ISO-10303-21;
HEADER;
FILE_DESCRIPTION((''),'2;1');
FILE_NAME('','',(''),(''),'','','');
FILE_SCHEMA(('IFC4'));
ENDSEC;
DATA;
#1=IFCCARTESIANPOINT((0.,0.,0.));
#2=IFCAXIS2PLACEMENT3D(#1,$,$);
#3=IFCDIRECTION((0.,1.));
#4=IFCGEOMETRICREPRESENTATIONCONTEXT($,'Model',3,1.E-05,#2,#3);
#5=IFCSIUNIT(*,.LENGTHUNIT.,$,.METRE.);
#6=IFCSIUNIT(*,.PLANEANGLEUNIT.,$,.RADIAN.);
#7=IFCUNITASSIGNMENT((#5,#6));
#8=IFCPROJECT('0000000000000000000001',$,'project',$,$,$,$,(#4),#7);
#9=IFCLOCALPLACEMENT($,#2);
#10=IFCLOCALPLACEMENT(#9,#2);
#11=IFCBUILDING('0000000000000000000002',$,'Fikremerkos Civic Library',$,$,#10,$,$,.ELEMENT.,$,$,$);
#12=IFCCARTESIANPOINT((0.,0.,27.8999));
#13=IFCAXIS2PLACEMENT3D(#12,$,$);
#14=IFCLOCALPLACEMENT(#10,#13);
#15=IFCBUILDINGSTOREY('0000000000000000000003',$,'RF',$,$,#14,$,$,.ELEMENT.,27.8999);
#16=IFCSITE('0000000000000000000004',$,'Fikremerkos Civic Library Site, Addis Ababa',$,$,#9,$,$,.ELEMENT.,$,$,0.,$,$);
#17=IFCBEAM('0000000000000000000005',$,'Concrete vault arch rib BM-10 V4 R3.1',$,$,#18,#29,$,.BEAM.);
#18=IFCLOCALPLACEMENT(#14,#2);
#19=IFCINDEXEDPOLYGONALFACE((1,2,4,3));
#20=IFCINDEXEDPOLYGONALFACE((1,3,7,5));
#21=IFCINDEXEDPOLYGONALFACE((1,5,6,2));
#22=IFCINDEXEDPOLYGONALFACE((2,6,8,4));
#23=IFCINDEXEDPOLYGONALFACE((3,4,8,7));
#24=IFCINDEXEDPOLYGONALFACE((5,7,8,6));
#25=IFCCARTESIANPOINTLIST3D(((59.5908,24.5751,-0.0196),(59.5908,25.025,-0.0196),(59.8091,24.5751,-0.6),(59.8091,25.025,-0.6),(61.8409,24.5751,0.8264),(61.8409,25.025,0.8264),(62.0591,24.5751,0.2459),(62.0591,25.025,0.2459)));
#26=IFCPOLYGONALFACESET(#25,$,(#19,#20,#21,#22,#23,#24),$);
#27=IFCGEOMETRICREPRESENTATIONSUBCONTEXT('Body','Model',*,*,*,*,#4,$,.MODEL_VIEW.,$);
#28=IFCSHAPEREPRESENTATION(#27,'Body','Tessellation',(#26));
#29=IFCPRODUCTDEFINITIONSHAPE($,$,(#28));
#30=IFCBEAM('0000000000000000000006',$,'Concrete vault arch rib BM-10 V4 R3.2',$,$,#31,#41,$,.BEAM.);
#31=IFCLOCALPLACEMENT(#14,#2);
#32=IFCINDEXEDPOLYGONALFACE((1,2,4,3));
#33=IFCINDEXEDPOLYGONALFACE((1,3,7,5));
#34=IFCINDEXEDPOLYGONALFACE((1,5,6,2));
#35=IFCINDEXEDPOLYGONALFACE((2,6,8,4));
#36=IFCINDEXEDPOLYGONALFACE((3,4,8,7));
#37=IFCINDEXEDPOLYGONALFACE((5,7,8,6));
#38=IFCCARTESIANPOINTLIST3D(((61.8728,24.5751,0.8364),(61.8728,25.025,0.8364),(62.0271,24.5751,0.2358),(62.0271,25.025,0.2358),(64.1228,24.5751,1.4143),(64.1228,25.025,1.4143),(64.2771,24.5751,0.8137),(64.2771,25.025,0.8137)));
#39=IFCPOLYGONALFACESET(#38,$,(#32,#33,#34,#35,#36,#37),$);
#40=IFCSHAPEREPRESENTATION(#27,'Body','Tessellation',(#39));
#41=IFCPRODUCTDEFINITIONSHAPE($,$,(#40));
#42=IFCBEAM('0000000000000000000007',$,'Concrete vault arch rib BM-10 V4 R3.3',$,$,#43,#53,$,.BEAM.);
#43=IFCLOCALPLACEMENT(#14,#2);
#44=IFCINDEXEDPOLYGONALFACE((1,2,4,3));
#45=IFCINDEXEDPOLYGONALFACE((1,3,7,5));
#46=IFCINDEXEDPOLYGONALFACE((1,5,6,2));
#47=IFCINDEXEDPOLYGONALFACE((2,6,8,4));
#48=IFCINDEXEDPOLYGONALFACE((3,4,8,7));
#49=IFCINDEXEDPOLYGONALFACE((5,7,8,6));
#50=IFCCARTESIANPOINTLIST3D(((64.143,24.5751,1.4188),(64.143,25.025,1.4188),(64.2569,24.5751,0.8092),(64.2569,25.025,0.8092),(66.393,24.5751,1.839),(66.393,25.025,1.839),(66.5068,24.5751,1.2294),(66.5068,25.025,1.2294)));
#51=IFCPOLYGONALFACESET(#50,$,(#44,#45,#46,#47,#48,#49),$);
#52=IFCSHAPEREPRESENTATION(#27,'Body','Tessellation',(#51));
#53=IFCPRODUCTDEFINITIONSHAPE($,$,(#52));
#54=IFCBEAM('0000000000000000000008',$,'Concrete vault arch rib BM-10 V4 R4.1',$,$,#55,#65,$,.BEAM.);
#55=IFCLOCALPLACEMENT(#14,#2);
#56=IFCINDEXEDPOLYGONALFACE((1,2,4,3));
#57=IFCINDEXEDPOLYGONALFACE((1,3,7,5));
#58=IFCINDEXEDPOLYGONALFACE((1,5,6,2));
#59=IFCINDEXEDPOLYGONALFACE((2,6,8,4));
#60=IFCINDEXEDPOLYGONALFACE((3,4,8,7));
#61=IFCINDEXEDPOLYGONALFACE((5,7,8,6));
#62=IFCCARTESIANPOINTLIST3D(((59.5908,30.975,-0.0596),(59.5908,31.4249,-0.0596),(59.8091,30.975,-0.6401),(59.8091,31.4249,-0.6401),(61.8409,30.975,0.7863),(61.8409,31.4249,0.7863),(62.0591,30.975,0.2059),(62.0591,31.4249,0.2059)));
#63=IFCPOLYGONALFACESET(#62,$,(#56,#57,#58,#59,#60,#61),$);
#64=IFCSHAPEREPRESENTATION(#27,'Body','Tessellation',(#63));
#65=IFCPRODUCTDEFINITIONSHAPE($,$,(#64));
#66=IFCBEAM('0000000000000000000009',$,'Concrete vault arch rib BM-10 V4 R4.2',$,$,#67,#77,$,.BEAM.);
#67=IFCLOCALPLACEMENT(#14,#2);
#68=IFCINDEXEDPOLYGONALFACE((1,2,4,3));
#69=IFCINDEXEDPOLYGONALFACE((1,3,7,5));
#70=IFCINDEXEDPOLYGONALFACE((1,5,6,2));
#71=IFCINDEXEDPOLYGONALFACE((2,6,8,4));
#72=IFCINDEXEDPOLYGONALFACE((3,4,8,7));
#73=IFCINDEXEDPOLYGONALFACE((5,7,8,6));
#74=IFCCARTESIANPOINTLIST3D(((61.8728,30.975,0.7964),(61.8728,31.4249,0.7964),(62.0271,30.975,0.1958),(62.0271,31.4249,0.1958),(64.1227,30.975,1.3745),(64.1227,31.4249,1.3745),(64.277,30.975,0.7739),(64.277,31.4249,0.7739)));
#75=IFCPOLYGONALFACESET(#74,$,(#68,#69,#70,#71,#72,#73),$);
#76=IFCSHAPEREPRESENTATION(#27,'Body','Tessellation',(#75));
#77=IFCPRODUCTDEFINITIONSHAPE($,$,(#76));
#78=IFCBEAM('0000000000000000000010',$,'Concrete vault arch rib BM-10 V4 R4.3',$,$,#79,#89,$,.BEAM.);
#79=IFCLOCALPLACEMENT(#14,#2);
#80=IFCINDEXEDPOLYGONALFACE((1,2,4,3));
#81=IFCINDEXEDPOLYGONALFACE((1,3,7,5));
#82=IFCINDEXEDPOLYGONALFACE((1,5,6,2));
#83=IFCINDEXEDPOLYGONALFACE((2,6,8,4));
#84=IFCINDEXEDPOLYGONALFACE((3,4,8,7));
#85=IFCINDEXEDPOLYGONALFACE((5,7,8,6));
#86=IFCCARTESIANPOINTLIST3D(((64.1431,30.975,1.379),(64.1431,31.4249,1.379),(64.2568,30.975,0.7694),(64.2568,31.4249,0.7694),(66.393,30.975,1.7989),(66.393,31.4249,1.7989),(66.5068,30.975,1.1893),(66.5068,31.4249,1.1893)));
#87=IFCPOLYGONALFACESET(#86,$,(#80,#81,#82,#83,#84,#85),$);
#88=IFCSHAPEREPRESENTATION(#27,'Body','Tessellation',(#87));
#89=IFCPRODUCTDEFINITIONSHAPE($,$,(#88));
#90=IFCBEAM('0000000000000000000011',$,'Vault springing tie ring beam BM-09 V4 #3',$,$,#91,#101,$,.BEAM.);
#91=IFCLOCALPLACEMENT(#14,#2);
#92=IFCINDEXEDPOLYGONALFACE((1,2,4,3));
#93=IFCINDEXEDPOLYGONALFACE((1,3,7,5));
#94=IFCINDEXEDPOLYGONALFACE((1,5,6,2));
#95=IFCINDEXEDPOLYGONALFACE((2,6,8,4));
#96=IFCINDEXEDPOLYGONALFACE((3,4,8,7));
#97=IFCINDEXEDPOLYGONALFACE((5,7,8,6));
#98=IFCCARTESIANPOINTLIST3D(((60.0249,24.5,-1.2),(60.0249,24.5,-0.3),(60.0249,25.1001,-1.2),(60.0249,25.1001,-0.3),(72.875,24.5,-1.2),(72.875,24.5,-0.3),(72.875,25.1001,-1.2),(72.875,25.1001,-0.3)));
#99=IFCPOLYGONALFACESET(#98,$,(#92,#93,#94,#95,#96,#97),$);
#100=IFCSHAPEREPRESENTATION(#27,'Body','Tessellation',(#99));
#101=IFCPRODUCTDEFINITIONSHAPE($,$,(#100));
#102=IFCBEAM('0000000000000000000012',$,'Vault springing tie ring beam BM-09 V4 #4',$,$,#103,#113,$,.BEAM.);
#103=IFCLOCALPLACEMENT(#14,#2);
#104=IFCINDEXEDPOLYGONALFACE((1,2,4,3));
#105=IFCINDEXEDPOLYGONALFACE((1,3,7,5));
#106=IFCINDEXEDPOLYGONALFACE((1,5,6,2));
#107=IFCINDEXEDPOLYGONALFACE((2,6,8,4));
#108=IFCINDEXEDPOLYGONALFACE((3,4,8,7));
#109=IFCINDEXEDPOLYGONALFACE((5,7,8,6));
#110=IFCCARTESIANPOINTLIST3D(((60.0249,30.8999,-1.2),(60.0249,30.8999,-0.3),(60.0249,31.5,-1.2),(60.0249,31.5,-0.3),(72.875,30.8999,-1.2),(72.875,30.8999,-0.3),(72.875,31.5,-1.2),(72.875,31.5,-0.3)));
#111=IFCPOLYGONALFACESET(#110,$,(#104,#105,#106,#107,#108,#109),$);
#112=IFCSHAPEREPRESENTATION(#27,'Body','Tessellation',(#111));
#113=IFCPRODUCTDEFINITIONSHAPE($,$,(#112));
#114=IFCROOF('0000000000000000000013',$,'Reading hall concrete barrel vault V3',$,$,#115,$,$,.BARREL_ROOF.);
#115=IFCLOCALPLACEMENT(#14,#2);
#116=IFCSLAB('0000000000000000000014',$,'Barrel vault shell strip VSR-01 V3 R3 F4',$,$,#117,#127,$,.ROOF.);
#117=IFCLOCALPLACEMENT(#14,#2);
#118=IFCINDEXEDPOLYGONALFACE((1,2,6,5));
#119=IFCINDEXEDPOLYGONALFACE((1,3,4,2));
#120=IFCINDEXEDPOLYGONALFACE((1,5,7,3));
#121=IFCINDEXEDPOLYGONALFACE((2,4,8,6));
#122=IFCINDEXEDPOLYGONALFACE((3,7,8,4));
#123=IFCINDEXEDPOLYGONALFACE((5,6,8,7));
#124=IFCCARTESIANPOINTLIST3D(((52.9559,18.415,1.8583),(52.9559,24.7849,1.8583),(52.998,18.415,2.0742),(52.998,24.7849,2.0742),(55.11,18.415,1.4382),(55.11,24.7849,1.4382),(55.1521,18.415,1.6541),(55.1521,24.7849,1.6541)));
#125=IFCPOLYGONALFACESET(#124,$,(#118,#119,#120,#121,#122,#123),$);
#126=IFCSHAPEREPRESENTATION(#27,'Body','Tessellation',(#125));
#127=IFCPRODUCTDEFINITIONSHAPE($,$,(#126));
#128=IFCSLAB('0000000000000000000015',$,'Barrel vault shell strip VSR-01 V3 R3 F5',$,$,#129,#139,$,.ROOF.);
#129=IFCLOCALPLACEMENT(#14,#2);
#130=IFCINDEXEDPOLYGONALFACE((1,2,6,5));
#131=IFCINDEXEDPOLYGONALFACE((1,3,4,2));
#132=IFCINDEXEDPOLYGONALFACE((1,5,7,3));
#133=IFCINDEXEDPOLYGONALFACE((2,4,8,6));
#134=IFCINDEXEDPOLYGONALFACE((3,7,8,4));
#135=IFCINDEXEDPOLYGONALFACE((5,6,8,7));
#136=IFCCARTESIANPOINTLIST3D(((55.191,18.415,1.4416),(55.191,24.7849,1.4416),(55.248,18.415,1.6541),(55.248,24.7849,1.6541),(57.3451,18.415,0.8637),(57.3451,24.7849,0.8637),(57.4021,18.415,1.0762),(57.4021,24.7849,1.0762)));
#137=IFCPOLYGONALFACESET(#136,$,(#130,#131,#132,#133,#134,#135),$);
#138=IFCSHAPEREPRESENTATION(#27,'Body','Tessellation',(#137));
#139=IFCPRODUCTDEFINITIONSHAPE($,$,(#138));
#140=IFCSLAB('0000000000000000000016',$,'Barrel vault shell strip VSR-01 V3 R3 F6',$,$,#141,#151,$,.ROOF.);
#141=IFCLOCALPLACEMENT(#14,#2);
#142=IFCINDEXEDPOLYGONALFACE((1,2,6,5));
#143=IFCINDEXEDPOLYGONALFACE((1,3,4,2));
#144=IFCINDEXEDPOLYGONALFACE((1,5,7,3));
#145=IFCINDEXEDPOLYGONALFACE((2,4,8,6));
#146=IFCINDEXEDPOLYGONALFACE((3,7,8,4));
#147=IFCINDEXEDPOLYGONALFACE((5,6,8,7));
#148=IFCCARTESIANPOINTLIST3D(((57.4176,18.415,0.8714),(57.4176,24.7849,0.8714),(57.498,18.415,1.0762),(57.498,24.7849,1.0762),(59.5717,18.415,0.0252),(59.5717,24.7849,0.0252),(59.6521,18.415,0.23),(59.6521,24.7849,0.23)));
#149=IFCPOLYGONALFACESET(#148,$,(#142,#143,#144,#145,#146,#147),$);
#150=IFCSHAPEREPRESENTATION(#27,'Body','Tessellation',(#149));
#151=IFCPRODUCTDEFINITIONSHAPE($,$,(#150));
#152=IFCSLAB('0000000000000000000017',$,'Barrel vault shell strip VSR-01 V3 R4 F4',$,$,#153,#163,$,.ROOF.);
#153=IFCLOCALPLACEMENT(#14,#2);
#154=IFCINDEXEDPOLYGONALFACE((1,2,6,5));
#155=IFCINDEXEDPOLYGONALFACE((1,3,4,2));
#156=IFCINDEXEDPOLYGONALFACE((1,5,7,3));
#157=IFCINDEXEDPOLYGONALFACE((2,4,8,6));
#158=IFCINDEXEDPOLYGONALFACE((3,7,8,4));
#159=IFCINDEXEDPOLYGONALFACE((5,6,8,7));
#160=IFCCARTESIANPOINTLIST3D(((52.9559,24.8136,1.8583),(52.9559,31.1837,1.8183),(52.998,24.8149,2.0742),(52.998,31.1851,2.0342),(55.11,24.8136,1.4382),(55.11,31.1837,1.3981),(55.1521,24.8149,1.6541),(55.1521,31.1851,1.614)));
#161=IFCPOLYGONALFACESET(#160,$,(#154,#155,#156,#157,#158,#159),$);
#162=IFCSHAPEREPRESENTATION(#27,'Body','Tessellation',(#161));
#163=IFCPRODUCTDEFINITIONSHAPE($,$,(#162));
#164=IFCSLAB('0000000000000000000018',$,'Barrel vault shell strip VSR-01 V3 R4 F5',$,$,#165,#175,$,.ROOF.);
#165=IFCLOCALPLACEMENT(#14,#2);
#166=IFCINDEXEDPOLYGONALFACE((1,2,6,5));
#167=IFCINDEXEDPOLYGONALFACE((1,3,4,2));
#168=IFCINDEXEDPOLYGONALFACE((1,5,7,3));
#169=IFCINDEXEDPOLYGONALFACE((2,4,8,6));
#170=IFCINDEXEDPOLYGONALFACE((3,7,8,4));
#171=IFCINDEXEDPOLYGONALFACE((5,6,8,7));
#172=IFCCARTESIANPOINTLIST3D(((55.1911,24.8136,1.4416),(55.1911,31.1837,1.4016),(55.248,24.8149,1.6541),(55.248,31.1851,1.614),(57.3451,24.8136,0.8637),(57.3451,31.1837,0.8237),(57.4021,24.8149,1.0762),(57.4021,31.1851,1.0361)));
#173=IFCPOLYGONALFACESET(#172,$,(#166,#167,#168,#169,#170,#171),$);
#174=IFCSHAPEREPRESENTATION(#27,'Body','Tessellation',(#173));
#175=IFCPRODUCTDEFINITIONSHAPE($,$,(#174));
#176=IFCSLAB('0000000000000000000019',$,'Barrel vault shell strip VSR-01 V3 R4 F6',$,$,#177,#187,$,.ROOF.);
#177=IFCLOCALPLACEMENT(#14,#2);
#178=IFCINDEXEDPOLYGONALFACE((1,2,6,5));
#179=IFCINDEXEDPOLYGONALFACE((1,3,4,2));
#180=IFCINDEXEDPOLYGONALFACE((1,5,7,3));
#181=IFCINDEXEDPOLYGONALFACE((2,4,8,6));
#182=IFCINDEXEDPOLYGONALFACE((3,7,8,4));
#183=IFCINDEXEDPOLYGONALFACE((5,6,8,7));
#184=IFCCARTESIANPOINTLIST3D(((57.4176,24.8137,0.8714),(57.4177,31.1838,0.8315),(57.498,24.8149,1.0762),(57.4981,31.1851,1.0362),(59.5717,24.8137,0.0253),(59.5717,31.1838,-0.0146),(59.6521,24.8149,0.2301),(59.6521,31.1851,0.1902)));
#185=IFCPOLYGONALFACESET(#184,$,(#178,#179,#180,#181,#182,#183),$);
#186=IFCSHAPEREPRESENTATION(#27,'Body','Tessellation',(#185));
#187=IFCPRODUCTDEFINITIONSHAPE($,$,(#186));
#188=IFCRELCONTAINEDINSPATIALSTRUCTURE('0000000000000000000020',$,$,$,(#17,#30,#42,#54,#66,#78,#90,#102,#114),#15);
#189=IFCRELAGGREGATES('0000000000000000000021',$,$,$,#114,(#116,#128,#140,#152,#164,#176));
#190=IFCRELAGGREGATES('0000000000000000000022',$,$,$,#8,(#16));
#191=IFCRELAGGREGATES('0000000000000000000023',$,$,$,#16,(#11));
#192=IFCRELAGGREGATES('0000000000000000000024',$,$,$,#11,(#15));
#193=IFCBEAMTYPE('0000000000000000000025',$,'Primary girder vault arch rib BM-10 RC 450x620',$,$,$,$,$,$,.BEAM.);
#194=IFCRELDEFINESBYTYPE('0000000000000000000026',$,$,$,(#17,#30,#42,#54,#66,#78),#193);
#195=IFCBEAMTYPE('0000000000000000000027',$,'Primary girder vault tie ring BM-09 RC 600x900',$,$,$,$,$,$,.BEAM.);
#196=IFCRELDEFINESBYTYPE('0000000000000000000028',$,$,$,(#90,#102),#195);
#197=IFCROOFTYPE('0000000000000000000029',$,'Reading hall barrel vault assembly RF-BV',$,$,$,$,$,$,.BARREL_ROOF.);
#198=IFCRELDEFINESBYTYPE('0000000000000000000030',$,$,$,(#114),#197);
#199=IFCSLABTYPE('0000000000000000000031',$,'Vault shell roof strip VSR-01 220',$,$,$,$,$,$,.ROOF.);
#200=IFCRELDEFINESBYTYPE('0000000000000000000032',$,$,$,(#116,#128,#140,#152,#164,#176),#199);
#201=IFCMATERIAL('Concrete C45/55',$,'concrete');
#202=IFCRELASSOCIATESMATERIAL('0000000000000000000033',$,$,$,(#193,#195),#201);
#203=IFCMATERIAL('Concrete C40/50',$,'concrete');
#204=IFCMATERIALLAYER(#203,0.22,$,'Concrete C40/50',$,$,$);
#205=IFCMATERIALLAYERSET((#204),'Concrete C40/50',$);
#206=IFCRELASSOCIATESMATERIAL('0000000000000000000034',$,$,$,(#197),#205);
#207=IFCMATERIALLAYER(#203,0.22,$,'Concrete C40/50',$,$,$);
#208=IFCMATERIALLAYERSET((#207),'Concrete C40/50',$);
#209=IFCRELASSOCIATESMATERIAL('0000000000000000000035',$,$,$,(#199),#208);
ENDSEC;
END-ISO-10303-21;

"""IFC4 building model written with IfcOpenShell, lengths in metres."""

from ifc_helpers import new_model, si_unit, direction, frame, origin, origin_2d, place, context, subcontext, project, spatial, polyline, rectangle, outline, extrude, material, layer, layer_set, material_profile, profile_set, type_object, element, aggregate, save


model = new_model("IFC4")

# Units and contexts
model_context = context("Model", 3, precision=1e-05, world=origin(), true_north=direction((0.0, 1.0)))
body_context = subcontext(model_context, "Body", "Model", "MODEL_VIEW")
ifc_project = project(units=[si_unit("LENGTHUNIT", "METRE"), si_unit("PLANEANGLEUNIT", "RADIAN")], contexts=[model_context])

# Site, building, storey
site_placement = place(None, origin())
site = spatial("IfcSite", under=ifc_project, at=site_placement, Name="Fikremerkos Civic Library Site, Addis Ababa", CompositionType="ELEMENT", RefElevation=0.0)
building_placement = place(site_placement, origin())
building = spatial("IfcBuilding", under=site, at=building_placement, Name="Fikremerkos Civic Library", CompositionType="ELEMENT")
storey_placement = place(building_placement, frame((0.0, 0.0, 27.8999)))
storey = spatial("IfcBuildingStorey", under=building, at=storey_placement, Name="RF", CompositionType="ELEMENT", Elevation=27.8999)

# Beams
ifc_material_1 = material(Name="Concrete C45/55", Category="concrete")
ifc_material_profile_1 = material_profile(ifc_material_1, rectangle(XDim=0.45, YDim=0.6201, at=origin_2d()), Name="RC 450x620")
ifc_profile_set_1 = profile_set([ifc_material_profile_1], Name="Concrete C45/55")
beam_type_1 = type_object("IfcBeamType", Name="Primary girder vault arch rib BM-10 RC 450x620", PredefinedType="BEAM", material=ifc_profile_set_1)
for number, where, z_axis, x_axis, name in (
    (1, (59.7, 24.8, -0.3098), (0.936028, 0.0, 0.351925), (0.0, 1.0, 0.0), "Concrete vault arch rib BM-10 V4 R3.1"),
):
    element("IfcBeam", number, at=place(storey_placement, frame(where, z_axis=z_axis, x_axis=x_axis)), inside=storey, type_object=beam_type_1, Name=name, PredefinedType="BEAM", context=body_context, shape_type="SweptSolid", body=[
        extrude(rectangle(XDim=0.45, YDim=0.6201, at=origin_2d()), origin(), (0.0, 0.0, 1.0), 2.4038),
    ])
beam_1_placement = place(storey_placement, frame((61.95, 24.8, 0.5361), z_axis=(0.968565, 0.0, 0.248762), x_axis=(0.0, 1.0, 0.0)))
element("IfcBeam", 2, at=beam_1_placement, inside=storey, type_object=beam_type_1, Name="Concrete vault arch rib BM-10 V4 R3.2", PredefinedType="BEAM", context=body_context, shape_type="SweptSolid", body=[
    extrude(rectangle(XDim=0.45, YDim=0.6201, at=origin_2d()), origin(), (0.0, 0.0, 1.0), 2.323),
])
beam_2_placement = place(storey_placement, frame((64.2, 24.8, 1.114), z_axis=(0.983007, 0.0, 0.183567), x_axis=(0.0, 1.0, 0.0)))
element("IfcBeam", 3, at=beam_2_placement, inside=storey, type_object=beam_type_1, Name="Concrete vault arch rib BM-10 V4 R3.3", PredefinedType="BEAM", context=body_context, shape_type="SweptSolid", body=[
    extrude(rectangle(XDim=0.45, YDim=0.6201, at=origin_2d()), origin(), (0.0, 0.0, 1.0), 2.2888),
])
beam_3_placement = place(storey_placement, frame((59.7, 31.2, -0.3499), z_axis=(0.936028, 0.0, 0.351925), x_axis=(0.0, 1.0, 0.0)))
element("IfcBeam", 4, at=beam_3_placement, inside=storey, type_object=beam_type_1, Name="Concrete vault arch rib BM-10 V4 R4.1", PredefinedType="BEAM", context=body_context, shape_type="SweptSolid", body=[
    extrude(rectangle(XDim=0.45, YDim=0.6201, at=origin_2d()), origin(), (0.0, 0.0, 1.0), 2.4038),
])
beam_4_placement = place(storey_placement, frame((61.95, 31.2, 0.4961), z_axis=(0.968539, 0.0, 0.248861), x_axis=(0.0, 1.0, 0.0)))
element("IfcBeam", 5, at=beam_4_placement, inside=storey, type_object=beam_type_1, Name="Concrete vault arch rib BM-10 V4 R4.2", PredefinedType="BEAM", context=body_context, shape_type="SweptSolid", body=[
    extrude(rectangle(XDim=0.45, YDim=0.6201, at=origin_2d()), origin(), (0.0, 0.0, 1.0), 2.323),
])
beam_5_placement = place(storey_placement, frame((64.2, 31.2, 1.0742), z_axis=(0.983026, 0.0, 0.183464), x_axis=(0.0, 1.0, 0.0)))
element("IfcBeam", 6, at=beam_5_placement, inside=storey, type_object=beam_type_1, Name="Concrete vault arch rib BM-10 V4 R4.3", PredefinedType="BEAM", context=body_context, shape_type="SweptSolid", body=[
    extrude(rectangle(XDim=0.45, YDim=0.6201, at=origin_2d()), origin(), (0.0, 0.0, 1.0), 2.2888),
])
ifc_material_profile_2 = material_profile(ifc_material_1, rectangle(XDim=0.6001, YDim=0.8999, at=origin_2d()), Name="RC 600x900")
ifc_profile_set_2 = profile_set([ifc_material_profile_2], Name="Concrete C45/55")
beam_type_2 = type_object("IfcBeamType", Name="Primary girder vault tie ring BM-09 RC 600x900", PredefinedType="BEAM", material=ifc_profile_set_2)
for number, where, z_axis, x_axis, name in (
    (7, (60.0249, 24.8, -0.75), (1.0, 0.0, 0.0), (0.0, 1.0, 0.0), "Vault springing tie ring beam BM-09 V4 #3"),
    (8, (60.0249, 31.2, -0.75), (1.0, 0.0, 0.0), (0.0, 1.0, 0.0), "Vault springing tie ring beam BM-09 V4 #4"),
):
    element("IfcBeam", number, at=place(storey_placement, frame(where, z_axis=z_axis, x_axis=x_axis)), inside=storey, type_object=beam_type_2, Name=name, PredefinedType="BEAM", context=body_context, shape_type="SweptSolid", body=[
        extrude(rectangle(XDim=0.6001, YDim=0.8999, at=origin_2d()), origin(), (0.0, 0.0, 1.0), 12.8501),
    ])

# Roof, slabs
ifc_material_2 = material(Name="Concrete C40/50", Category="concrete")
ifc_layer_1 = layer(ifc_material_2, 0.22, Name="Concrete C40/50")
ifc_layer_set_1 = layer_set([ifc_layer_1], Name="Concrete C40/50")
roof_type = type_object("IfcRoofType", Name="Reading hall barrel vault assembly RF-BV", PredefinedType="BARREL_ROOF", material=ifc_layer_set_1)
roof_1_placement = place(storey_placement, origin())
roof_1 = element("IfcRoof", 9, at=roof_1_placement, inside=storey, type_object=roof_type, Name="Reading hall concrete barrel vault V3", PredefinedType="BARREL_ROOF")
ifc_layer_2 = layer(ifc_material_2, 0.22, Name="Concrete C40/50")
ifc_layer_set_2 = layer_set([ifc_layer_2], Name="Concrete C40/50")
slab_type_1 = type_object("IfcSlabType", Name="Vault shell roof strip VSR-01 220", PredefinedType="ROOF", material=ifc_layer_set_2)
slab_1_placement = place(storey_placement, frame((52.998, 18.415, 2.0742), z_axis=(0.19145, 0.0, 0.981502), x_axis=(0.981502, 0.0, -0.19145)))
slab_1 = element("IfcSlab", 10, at=slab_1_placement, type_object=slab_type_1, Name="Barrel vault shell strip VSR-01 V3 R3 F4", PredefinedType="ROOF", context=body_context, shape_type="SweptSolid", body=[
    extrude(outline(polyline([(0.0, 0.0), (2.1946, 0.0), (2.1946, 6.3699), (0.0, 6.3699), (0.0, 0.0)])), origin(), (0.0, 0.0, -1.0), 0.22),
])
slab_2_placement = place(storey_placement, frame((55.248, 18.415, 1.6541), z_axis=(0.259114, 0.0, 0.965847), x_axis=(0.965847, 0.0, -0.259114)))
slab_2 = element("IfcSlab", 11, at=slab_2_placement, type_object=slab_type_1, Name="Barrel vault shell strip VSR-01 V3 R3 F5", PredefinedType="ROOF", context=body_context, shape_type="SweptSolid", body=[
    extrude(outline(polyline([(0.0, 0.0), (2.2302, 0.0), (2.2302, 6.3699), (0.0, 6.3699), (0.0, 0.0)])), origin(), (0.0, 0.0, -1.0), 0.22),
])
slab_3_placement = place(storey_placement, frame((57.498, 18.415, 1.0762), z_axis=(0.365636, 0.0, 0.930758), x_axis=(0.930758, 0.0, -0.365636)))
slab_3 = element("IfcSlab", 12, at=slab_3_placement, type_object=slab_type_1, Name="Barrel vault shell strip VSR-01 V3 R3 F6", PredefinedType="ROOF", context=body_context, shape_type="SweptSolid", body=[
    extrude(outline(polyline([(0.0, 0.0), (2.3143, 0.0), (2.3143, 6.3699), (0.0, 6.3699), (0.0, 0.0)])), origin(), (0.0, 0.0, -1.0), 0.22),
])
slab_4_placement = place(storey_placement, frame((52.998, 24.8149, 2.0742), z_axis=(0.191447, 0.006169, 0.981484), x_axis=(0.981502, 0.0, -0.19145)))
slab_4 = element("IfcSlab", 13, at=slab_4_placement, type_object=slab_type_1, Name="Barrel vault shell strip VSR-01 V3 R4 F4", PredefinedType="ROOF", context=body_context, shape_type="SweptSolid", body=[
    extrude(outline(polyline([(0.0, 0.0), (2.1946, 0.0), (2.2023, 6.3702), (0.0077, 6.3702), (0.0, 0.0)])), origin(), (0.0, 0.0, -1.0), 0.22),
])
slab_5_placement = place(storey_placement, frame((55.248, 24.8149, 1.6541), z_axis=(0.259109, 0.006071, 0.965829), x_axis=(0.965847, 0.0, -0.259114)))
slab_5 = element("IfcSlab", 14, at=slab_5_placement, type_object=slab_type_1, Name="Barrel vault shell strip VSR-01 V3 R4 F5", PredefinedType="ROOF", context=body_context, shape_type="SweptSolid", body=[
    extrude(outline(polyline([(0.0, 0.0), (2.2302, 0.0), (2.2406, 6.3702), (0.0104, 6.3702), (0.0, 0.0)])), origin(), (0.0, 0.0, -1.0), 0.22),
])
slab_6_placement = place(storey_placement, frame((57.498, 24.8149, 1.0762), z_axis=(0.365584, 0.005832, 0.93076), x_axis=(0.930776, 0.0, -0.36559)))
slab_6 = element("IfcSlab", 15, at=slab_6_placement, type_object=slab_type_1, Name="Barrel vault shell strip VSR-01 V3 R4 F6", PredefinedType="ROOF", context=body_context, shape_type="SweptSolid", body=[
    extrude(outline(polyline([(0.0, 0.0), (2.3143, 0.0), (2.3289, 6.3702), (0.0146, 6.3702), (0.0, 0.0)])), origin(), (0.0, 0.0, -1.0), 0.22),
])

aggregate(roof_1, [slab_1, slab_2, slab_3, slab_4, slab_5, slab_6])

save(model, "model.ifc")
